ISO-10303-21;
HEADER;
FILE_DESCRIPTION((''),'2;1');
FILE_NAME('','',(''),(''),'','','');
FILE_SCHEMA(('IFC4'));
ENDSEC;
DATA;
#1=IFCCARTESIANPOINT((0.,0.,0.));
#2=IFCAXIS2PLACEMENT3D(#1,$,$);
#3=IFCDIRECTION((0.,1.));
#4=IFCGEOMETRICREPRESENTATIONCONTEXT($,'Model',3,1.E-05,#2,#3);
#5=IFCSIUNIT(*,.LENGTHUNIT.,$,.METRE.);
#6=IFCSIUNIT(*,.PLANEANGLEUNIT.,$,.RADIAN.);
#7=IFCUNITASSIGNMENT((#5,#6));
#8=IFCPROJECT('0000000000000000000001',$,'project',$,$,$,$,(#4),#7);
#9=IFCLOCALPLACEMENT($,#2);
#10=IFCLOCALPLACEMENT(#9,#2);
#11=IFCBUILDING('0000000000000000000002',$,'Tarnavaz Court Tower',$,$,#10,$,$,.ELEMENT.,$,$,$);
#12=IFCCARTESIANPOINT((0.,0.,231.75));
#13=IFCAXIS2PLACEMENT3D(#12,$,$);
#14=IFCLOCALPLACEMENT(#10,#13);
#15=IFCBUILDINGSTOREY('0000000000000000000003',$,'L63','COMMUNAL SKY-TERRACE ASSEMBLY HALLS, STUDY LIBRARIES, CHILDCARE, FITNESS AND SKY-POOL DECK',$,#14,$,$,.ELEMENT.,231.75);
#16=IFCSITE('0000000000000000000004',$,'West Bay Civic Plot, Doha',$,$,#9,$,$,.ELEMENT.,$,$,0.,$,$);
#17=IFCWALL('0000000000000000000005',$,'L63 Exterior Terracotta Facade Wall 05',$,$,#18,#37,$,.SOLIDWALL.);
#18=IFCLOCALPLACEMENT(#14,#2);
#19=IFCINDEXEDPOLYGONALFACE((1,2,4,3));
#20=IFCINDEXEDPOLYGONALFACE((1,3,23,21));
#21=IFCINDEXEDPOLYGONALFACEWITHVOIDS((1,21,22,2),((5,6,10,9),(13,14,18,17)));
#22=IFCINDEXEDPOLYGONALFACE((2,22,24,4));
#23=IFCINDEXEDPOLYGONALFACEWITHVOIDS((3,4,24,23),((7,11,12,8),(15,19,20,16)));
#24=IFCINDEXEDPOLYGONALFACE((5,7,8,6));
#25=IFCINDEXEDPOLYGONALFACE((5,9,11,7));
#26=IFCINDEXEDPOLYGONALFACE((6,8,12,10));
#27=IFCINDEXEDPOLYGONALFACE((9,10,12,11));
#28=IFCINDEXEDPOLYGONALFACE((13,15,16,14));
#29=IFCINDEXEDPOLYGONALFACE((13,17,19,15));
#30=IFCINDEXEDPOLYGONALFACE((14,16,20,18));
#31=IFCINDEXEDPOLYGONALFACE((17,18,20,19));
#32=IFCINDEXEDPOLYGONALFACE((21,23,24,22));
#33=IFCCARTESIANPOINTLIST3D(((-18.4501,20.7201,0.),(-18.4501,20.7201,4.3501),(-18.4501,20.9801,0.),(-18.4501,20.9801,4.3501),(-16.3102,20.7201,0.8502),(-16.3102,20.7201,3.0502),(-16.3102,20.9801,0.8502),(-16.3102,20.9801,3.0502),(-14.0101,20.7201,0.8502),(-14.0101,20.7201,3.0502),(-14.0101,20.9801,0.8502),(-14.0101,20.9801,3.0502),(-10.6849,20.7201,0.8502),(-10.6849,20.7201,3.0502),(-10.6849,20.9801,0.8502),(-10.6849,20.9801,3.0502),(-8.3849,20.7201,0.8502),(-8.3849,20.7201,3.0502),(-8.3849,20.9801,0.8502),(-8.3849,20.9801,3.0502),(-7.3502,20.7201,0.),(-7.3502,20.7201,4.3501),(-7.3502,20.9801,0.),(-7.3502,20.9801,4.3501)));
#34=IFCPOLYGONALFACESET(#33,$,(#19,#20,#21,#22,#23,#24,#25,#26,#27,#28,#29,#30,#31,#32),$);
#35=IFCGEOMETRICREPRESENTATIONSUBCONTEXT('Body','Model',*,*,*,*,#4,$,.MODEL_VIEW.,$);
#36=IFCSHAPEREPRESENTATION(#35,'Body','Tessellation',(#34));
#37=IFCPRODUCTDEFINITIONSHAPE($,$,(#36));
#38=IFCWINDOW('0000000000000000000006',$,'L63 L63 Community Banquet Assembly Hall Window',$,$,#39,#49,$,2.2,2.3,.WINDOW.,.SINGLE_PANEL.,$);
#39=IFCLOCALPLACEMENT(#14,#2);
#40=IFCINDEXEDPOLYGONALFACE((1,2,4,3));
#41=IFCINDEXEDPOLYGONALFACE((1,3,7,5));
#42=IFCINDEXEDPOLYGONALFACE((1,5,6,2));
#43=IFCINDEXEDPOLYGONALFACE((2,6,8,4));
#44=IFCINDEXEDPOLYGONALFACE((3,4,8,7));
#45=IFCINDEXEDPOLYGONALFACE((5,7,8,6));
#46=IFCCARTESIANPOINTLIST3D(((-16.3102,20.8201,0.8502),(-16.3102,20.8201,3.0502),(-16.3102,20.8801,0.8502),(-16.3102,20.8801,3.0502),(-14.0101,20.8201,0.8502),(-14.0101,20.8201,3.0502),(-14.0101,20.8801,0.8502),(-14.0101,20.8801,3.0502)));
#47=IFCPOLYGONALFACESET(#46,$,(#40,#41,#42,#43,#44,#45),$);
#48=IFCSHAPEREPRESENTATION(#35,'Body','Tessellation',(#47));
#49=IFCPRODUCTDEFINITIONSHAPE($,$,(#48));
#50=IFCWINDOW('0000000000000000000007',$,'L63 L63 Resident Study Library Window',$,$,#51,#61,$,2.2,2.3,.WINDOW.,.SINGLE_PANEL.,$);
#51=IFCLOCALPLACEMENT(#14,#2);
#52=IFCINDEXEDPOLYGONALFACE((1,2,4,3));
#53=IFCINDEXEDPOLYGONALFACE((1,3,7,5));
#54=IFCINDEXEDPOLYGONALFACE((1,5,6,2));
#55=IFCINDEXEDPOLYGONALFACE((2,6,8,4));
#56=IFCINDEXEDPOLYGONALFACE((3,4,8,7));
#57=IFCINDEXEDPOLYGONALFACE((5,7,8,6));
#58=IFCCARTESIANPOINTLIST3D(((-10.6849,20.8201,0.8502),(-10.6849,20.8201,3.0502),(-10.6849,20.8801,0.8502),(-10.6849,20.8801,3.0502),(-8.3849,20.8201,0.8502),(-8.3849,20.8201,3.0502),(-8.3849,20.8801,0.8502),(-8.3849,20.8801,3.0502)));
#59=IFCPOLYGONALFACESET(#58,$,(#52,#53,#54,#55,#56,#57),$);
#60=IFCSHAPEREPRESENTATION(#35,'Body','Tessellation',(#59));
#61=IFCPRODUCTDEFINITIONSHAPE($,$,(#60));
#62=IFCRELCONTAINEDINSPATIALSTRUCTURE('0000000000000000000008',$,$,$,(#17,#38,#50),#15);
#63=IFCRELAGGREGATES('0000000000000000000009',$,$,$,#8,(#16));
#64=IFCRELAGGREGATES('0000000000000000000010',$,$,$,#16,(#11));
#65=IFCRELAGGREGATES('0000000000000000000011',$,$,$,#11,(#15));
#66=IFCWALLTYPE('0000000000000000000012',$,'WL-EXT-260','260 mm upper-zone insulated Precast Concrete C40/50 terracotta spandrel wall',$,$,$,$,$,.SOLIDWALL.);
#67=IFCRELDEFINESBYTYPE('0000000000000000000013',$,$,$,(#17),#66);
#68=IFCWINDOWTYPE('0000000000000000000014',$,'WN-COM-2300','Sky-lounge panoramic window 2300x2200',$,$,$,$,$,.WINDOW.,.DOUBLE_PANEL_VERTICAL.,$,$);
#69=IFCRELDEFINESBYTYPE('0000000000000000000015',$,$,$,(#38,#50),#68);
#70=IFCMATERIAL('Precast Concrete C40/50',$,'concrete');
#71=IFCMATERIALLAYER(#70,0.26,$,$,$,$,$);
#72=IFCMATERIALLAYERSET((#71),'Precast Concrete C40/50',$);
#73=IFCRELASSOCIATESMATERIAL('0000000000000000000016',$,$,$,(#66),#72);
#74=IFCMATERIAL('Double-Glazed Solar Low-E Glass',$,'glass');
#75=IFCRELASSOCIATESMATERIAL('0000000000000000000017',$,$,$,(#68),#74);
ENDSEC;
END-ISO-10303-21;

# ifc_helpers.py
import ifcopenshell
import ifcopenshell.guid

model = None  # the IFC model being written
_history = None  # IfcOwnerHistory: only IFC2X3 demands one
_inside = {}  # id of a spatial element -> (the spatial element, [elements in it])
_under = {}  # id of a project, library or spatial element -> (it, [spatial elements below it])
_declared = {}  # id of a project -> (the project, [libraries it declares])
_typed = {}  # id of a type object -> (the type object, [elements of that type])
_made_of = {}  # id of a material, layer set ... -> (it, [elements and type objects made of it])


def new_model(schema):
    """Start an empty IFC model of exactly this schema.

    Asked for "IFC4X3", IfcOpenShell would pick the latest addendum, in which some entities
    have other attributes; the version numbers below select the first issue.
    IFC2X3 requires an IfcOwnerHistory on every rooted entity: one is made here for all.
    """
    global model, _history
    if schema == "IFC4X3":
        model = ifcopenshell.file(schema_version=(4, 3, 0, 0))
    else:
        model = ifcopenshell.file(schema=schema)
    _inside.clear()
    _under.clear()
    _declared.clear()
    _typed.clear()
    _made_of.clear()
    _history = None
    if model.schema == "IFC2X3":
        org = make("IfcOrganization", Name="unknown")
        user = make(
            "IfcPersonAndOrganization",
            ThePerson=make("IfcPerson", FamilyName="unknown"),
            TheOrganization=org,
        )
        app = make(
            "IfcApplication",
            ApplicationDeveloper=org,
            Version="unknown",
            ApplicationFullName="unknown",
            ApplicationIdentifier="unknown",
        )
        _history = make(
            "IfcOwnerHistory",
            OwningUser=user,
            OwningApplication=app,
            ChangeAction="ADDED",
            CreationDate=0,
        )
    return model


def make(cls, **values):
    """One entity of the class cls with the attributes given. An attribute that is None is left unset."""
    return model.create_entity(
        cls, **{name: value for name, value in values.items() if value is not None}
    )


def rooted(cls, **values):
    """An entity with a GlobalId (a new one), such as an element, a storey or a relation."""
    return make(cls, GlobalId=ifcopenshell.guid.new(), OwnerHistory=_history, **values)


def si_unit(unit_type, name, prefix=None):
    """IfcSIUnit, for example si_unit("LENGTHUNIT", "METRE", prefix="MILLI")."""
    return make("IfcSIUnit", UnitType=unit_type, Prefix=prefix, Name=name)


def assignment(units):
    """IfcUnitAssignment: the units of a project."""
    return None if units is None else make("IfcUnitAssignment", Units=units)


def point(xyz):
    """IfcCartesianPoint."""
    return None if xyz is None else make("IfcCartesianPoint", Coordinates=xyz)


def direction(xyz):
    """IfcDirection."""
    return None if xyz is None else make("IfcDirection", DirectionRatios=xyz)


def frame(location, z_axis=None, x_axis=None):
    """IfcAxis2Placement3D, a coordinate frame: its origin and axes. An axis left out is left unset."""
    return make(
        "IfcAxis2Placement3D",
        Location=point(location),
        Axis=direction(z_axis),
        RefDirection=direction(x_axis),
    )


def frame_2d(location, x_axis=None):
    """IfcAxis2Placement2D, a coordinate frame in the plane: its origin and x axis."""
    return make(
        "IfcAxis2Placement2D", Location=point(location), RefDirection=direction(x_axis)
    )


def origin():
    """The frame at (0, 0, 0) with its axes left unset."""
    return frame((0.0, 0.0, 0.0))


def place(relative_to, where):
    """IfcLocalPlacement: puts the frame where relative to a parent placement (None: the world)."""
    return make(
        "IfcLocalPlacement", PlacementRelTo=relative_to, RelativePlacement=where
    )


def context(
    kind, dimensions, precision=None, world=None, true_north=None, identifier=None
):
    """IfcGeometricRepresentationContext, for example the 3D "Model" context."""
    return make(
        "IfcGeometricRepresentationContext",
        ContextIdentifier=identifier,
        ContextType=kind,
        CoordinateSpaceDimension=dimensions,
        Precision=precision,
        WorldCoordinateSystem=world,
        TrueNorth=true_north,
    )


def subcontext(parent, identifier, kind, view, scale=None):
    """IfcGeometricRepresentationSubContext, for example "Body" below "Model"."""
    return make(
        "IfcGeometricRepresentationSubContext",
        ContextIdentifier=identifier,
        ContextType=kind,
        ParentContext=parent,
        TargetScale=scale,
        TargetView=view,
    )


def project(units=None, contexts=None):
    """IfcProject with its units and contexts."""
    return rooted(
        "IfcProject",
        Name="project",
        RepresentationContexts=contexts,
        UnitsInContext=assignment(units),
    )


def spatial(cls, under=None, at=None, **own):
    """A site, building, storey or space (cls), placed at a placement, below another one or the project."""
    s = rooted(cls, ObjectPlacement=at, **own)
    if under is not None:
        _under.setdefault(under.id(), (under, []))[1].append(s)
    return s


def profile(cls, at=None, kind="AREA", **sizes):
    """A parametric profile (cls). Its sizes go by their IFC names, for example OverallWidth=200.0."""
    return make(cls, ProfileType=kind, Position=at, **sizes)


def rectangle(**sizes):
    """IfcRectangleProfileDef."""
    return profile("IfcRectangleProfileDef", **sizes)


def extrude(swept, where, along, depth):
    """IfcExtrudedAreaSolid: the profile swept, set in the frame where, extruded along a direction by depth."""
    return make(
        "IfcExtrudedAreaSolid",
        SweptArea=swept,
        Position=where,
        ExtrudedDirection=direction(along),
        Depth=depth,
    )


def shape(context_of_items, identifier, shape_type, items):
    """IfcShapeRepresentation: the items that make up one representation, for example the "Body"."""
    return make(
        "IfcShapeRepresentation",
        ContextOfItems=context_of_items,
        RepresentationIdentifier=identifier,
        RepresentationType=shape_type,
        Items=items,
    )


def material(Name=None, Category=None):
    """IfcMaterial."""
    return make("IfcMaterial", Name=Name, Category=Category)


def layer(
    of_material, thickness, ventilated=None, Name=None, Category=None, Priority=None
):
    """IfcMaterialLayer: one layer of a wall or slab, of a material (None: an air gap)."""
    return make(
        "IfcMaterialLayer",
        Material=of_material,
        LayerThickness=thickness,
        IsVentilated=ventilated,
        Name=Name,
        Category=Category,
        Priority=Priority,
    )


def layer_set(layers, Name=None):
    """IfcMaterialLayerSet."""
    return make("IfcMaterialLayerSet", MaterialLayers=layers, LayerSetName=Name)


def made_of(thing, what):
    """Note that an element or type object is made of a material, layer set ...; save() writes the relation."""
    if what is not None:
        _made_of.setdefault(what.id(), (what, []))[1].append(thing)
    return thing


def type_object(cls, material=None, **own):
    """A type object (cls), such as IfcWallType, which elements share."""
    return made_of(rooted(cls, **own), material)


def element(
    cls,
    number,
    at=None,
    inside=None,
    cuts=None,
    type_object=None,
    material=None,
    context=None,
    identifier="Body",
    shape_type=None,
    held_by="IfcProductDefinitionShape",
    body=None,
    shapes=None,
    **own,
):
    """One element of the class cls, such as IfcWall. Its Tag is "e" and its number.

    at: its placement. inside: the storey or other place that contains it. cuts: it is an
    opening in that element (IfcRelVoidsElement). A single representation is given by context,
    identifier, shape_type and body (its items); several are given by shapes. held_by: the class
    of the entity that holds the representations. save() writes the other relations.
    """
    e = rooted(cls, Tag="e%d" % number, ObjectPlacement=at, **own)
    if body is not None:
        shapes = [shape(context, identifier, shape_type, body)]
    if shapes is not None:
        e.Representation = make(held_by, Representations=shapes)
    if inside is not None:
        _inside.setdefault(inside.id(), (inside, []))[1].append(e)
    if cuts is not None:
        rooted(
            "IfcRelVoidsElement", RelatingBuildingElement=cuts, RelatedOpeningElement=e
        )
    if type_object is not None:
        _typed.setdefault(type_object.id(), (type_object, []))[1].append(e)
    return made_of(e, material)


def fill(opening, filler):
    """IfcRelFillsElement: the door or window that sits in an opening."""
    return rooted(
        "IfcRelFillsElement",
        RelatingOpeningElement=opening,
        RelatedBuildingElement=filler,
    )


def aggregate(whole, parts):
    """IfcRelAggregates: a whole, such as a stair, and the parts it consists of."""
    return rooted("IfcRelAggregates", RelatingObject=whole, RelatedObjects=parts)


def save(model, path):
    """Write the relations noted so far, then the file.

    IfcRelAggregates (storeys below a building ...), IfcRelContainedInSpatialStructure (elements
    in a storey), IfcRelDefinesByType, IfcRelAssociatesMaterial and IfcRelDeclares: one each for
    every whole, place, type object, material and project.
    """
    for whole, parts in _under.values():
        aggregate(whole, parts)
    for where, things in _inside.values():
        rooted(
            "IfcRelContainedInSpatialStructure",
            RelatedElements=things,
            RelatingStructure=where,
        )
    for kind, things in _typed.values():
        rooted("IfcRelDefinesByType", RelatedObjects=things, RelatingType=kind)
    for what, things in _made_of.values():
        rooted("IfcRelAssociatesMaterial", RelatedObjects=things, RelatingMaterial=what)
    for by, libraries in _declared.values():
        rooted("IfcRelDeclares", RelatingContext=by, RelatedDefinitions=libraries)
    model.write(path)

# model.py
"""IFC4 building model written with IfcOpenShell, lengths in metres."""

from ifc_helpers import new_model, si_unit, direction, frame, frame_2d, origin, place, context, subcontext, project, spatial, rectangle, extrude, material, layer, layer_set, type_object, element, fill, save


model = new_model("IFC4")

# Units and contexts
model_context = context("Model", 3, precision=1e-05, world=origin(), true_north=direction((0.0, 1.0)))
body_context = subcontext(model_context, "Body", "Model", "MODEL_VIEW")
ifc_project = project(units=[si_unit("LENGTHUNIT", "METRE"), si_unit("PLANEANGLEUNIT", "RADIAN")], contexts=[model_context])

# Site, building, storey
site_placement = place(None, origin())
site = spatial("IfcSite", under=ifc_project, at=site_placement, Name="West Bay Civic Plot, Doha", CompositionType="ELEMENT", RefElevation=0.0)
building_placement = place(site_placement, origin())
building = spatial("IfcBuilding", under=site, at=building_placement, Name="Tarnavaz Court Tower", CompositionType="ELEMENT")
storey_placement = place(building_placement, frame((0.0, 0.0, 231.75)))
storey = spatial("IfcBuildingStorey", under=building, at=storey_placement, Name="L63", Description="COMMUNAL SKY-TERRACE ASSEMBLY HALLS, STUDY LIBRARIES, CHILDCARE, FITNESS AND SKY-POOL DECK", CompositionType="ELEMENT", Elevation=231.75)

# Shared definitions
ifc_material_1 = material(Name="Precast Concrete C40/50", Category="concrete")
ifc_layer_1 = layer(ifc_material_1, 0.26)
ifc_layer_set_1 = layer_set([ifc_layer_1], Name="Precast Concrete C40/50")
wall_type = type_object("IfcWallType", Name="WL-EXT-260", Description="260 mm upper-zone insulated Precast Concrete C40/50 terracotta spandrel wall", PredefinedType="SOLIDWALL", material=ifc_layer_set_1)
ifc_material_2 = material(Name="Double-Glazed Solar Low-E Glass", Category="glass")

# Shared definitions
window_type_1 = type_object("IfcWindowType", Name="WN-COM-2300", Description="Sky-lounge panoramic window 2300x2200", PartitioningType="DOUBLE_PANEL_VERTICAL", PredefinedType="WINDOW", material=ifc_material_2)

# Wall, openings, windows
wall_1_placement = place(storey_placement, frame((-18.45, 20.8501, 0.0), z_axis=(0.0, 0.0, 1.0), x_axis=(1.0, 0.0, 0.0)))
wall_1 = element("IfcWall", 1, at=wall_1_placement, inside=storey, type_object=wall_type, Name="L63 Exterior Terracotta Facade Wall 05", PredefinedType="SOLIDWALL", context=body_context, shape_type="SweptSolid", body=[
    extrude(rectangle(XDim=11.0999, YDim=0.26, at=frame_2d((5.5498, 0.0))), origin(), (0.0, 0.0, 1.0), 4.3501),
])
opening_1_placement = place(wall_1_placement, frame((2.1399, 0.0, 0.8501)))
opening_1 = element("IfcOpeningElement", 2, at=opening_1_placement, cuts=wall_1, PredefinedType="OPENING", context=body_context, shape_type="SweptSolid", body=[
    extrude(rectangle(XDim=2.3, YDim=2.2, at=frame_2d((1.1499, 1.1001))), frame((0.0, 0.1399, 0.0), z_axis=(0.0, -1.0, 0.0), x_axis=(1.0, 0.0, 0.0)), (0.0, 0.0, 1.0), 0.28),
])
opening_2_placement = place(wall_1_placement, frame((7.7651, 0.0, 0.8501)))
opening_2 = element("IfcOpeningElement", 3, at=opening_2_placement, cuts=wall_1, PredefinedType="OPENING", context=body_context, shape_type="SweptSolid", body=[
    extrude(rectangle(XDim=2.3, YDim=2.2, at=frame_2d((1.1499, 1.1001))), frame((0.0, 0.1399, 0.0), z_axis=(0.0, -1.0, 0.0), x_axis=(1.0, 0.0, 0.0)), (0.0, 0.0, 1.0), 0.28),
])
window_1_placement = place(opening_1_placement, origin())
window_1 = element("IfcWindow", 4, at=window_1_placement, inside=storey, type_object=window_type_1, Name="L63 L63 Community Banquet Assembly Hall Window", OverallHeight=2.2, OverallWidth=2.3, PartitioningType="SINGLE_PANEL", PredefinedType="WINDOW", context=body_context, shape_type="SweptSolid", body=[
    extrude(rectangle(XDim=2.3, YDim=2.2, at=frame_2d((1.1499, 1.1001))), frame((0.0, 0.03, 0.0), z_axis=(0.0, -1.0, 0.0), x_axis=(1.0, 0.0, 0.0)), (0.0, 0.0, 1.0), 0.0601),
])
fill(opening_1, window_1)
window_2_placement = place(opening_2_placement, origin())
window_2 = element("IfcWindow", 5, at=window_2_placement, inside=storey, type_object=window_type_1, Name="L63 L63 Resident Study Library Window", OverallHeight=2.2, OverallWidth=2.3, PartitioningType="SINGLE_PANEL", PredefinedType="WINDOW", context=body_context, shape_type="SweptSolid", body=[
    extrude(rectangle(XDim=2.3, YDim=2.2, at=frame_2d((1.1499, 1.1001))), frame((0.0, 0.03, 0.0), z_axis=(0.0, -1.0, 0.0), x_axis=(1.0, 0.0, 0.0)), (0.0, 0.0, 1.0), 0.0601),
])
fill(opening_2, window_2)

save(model, "model.ifc")
